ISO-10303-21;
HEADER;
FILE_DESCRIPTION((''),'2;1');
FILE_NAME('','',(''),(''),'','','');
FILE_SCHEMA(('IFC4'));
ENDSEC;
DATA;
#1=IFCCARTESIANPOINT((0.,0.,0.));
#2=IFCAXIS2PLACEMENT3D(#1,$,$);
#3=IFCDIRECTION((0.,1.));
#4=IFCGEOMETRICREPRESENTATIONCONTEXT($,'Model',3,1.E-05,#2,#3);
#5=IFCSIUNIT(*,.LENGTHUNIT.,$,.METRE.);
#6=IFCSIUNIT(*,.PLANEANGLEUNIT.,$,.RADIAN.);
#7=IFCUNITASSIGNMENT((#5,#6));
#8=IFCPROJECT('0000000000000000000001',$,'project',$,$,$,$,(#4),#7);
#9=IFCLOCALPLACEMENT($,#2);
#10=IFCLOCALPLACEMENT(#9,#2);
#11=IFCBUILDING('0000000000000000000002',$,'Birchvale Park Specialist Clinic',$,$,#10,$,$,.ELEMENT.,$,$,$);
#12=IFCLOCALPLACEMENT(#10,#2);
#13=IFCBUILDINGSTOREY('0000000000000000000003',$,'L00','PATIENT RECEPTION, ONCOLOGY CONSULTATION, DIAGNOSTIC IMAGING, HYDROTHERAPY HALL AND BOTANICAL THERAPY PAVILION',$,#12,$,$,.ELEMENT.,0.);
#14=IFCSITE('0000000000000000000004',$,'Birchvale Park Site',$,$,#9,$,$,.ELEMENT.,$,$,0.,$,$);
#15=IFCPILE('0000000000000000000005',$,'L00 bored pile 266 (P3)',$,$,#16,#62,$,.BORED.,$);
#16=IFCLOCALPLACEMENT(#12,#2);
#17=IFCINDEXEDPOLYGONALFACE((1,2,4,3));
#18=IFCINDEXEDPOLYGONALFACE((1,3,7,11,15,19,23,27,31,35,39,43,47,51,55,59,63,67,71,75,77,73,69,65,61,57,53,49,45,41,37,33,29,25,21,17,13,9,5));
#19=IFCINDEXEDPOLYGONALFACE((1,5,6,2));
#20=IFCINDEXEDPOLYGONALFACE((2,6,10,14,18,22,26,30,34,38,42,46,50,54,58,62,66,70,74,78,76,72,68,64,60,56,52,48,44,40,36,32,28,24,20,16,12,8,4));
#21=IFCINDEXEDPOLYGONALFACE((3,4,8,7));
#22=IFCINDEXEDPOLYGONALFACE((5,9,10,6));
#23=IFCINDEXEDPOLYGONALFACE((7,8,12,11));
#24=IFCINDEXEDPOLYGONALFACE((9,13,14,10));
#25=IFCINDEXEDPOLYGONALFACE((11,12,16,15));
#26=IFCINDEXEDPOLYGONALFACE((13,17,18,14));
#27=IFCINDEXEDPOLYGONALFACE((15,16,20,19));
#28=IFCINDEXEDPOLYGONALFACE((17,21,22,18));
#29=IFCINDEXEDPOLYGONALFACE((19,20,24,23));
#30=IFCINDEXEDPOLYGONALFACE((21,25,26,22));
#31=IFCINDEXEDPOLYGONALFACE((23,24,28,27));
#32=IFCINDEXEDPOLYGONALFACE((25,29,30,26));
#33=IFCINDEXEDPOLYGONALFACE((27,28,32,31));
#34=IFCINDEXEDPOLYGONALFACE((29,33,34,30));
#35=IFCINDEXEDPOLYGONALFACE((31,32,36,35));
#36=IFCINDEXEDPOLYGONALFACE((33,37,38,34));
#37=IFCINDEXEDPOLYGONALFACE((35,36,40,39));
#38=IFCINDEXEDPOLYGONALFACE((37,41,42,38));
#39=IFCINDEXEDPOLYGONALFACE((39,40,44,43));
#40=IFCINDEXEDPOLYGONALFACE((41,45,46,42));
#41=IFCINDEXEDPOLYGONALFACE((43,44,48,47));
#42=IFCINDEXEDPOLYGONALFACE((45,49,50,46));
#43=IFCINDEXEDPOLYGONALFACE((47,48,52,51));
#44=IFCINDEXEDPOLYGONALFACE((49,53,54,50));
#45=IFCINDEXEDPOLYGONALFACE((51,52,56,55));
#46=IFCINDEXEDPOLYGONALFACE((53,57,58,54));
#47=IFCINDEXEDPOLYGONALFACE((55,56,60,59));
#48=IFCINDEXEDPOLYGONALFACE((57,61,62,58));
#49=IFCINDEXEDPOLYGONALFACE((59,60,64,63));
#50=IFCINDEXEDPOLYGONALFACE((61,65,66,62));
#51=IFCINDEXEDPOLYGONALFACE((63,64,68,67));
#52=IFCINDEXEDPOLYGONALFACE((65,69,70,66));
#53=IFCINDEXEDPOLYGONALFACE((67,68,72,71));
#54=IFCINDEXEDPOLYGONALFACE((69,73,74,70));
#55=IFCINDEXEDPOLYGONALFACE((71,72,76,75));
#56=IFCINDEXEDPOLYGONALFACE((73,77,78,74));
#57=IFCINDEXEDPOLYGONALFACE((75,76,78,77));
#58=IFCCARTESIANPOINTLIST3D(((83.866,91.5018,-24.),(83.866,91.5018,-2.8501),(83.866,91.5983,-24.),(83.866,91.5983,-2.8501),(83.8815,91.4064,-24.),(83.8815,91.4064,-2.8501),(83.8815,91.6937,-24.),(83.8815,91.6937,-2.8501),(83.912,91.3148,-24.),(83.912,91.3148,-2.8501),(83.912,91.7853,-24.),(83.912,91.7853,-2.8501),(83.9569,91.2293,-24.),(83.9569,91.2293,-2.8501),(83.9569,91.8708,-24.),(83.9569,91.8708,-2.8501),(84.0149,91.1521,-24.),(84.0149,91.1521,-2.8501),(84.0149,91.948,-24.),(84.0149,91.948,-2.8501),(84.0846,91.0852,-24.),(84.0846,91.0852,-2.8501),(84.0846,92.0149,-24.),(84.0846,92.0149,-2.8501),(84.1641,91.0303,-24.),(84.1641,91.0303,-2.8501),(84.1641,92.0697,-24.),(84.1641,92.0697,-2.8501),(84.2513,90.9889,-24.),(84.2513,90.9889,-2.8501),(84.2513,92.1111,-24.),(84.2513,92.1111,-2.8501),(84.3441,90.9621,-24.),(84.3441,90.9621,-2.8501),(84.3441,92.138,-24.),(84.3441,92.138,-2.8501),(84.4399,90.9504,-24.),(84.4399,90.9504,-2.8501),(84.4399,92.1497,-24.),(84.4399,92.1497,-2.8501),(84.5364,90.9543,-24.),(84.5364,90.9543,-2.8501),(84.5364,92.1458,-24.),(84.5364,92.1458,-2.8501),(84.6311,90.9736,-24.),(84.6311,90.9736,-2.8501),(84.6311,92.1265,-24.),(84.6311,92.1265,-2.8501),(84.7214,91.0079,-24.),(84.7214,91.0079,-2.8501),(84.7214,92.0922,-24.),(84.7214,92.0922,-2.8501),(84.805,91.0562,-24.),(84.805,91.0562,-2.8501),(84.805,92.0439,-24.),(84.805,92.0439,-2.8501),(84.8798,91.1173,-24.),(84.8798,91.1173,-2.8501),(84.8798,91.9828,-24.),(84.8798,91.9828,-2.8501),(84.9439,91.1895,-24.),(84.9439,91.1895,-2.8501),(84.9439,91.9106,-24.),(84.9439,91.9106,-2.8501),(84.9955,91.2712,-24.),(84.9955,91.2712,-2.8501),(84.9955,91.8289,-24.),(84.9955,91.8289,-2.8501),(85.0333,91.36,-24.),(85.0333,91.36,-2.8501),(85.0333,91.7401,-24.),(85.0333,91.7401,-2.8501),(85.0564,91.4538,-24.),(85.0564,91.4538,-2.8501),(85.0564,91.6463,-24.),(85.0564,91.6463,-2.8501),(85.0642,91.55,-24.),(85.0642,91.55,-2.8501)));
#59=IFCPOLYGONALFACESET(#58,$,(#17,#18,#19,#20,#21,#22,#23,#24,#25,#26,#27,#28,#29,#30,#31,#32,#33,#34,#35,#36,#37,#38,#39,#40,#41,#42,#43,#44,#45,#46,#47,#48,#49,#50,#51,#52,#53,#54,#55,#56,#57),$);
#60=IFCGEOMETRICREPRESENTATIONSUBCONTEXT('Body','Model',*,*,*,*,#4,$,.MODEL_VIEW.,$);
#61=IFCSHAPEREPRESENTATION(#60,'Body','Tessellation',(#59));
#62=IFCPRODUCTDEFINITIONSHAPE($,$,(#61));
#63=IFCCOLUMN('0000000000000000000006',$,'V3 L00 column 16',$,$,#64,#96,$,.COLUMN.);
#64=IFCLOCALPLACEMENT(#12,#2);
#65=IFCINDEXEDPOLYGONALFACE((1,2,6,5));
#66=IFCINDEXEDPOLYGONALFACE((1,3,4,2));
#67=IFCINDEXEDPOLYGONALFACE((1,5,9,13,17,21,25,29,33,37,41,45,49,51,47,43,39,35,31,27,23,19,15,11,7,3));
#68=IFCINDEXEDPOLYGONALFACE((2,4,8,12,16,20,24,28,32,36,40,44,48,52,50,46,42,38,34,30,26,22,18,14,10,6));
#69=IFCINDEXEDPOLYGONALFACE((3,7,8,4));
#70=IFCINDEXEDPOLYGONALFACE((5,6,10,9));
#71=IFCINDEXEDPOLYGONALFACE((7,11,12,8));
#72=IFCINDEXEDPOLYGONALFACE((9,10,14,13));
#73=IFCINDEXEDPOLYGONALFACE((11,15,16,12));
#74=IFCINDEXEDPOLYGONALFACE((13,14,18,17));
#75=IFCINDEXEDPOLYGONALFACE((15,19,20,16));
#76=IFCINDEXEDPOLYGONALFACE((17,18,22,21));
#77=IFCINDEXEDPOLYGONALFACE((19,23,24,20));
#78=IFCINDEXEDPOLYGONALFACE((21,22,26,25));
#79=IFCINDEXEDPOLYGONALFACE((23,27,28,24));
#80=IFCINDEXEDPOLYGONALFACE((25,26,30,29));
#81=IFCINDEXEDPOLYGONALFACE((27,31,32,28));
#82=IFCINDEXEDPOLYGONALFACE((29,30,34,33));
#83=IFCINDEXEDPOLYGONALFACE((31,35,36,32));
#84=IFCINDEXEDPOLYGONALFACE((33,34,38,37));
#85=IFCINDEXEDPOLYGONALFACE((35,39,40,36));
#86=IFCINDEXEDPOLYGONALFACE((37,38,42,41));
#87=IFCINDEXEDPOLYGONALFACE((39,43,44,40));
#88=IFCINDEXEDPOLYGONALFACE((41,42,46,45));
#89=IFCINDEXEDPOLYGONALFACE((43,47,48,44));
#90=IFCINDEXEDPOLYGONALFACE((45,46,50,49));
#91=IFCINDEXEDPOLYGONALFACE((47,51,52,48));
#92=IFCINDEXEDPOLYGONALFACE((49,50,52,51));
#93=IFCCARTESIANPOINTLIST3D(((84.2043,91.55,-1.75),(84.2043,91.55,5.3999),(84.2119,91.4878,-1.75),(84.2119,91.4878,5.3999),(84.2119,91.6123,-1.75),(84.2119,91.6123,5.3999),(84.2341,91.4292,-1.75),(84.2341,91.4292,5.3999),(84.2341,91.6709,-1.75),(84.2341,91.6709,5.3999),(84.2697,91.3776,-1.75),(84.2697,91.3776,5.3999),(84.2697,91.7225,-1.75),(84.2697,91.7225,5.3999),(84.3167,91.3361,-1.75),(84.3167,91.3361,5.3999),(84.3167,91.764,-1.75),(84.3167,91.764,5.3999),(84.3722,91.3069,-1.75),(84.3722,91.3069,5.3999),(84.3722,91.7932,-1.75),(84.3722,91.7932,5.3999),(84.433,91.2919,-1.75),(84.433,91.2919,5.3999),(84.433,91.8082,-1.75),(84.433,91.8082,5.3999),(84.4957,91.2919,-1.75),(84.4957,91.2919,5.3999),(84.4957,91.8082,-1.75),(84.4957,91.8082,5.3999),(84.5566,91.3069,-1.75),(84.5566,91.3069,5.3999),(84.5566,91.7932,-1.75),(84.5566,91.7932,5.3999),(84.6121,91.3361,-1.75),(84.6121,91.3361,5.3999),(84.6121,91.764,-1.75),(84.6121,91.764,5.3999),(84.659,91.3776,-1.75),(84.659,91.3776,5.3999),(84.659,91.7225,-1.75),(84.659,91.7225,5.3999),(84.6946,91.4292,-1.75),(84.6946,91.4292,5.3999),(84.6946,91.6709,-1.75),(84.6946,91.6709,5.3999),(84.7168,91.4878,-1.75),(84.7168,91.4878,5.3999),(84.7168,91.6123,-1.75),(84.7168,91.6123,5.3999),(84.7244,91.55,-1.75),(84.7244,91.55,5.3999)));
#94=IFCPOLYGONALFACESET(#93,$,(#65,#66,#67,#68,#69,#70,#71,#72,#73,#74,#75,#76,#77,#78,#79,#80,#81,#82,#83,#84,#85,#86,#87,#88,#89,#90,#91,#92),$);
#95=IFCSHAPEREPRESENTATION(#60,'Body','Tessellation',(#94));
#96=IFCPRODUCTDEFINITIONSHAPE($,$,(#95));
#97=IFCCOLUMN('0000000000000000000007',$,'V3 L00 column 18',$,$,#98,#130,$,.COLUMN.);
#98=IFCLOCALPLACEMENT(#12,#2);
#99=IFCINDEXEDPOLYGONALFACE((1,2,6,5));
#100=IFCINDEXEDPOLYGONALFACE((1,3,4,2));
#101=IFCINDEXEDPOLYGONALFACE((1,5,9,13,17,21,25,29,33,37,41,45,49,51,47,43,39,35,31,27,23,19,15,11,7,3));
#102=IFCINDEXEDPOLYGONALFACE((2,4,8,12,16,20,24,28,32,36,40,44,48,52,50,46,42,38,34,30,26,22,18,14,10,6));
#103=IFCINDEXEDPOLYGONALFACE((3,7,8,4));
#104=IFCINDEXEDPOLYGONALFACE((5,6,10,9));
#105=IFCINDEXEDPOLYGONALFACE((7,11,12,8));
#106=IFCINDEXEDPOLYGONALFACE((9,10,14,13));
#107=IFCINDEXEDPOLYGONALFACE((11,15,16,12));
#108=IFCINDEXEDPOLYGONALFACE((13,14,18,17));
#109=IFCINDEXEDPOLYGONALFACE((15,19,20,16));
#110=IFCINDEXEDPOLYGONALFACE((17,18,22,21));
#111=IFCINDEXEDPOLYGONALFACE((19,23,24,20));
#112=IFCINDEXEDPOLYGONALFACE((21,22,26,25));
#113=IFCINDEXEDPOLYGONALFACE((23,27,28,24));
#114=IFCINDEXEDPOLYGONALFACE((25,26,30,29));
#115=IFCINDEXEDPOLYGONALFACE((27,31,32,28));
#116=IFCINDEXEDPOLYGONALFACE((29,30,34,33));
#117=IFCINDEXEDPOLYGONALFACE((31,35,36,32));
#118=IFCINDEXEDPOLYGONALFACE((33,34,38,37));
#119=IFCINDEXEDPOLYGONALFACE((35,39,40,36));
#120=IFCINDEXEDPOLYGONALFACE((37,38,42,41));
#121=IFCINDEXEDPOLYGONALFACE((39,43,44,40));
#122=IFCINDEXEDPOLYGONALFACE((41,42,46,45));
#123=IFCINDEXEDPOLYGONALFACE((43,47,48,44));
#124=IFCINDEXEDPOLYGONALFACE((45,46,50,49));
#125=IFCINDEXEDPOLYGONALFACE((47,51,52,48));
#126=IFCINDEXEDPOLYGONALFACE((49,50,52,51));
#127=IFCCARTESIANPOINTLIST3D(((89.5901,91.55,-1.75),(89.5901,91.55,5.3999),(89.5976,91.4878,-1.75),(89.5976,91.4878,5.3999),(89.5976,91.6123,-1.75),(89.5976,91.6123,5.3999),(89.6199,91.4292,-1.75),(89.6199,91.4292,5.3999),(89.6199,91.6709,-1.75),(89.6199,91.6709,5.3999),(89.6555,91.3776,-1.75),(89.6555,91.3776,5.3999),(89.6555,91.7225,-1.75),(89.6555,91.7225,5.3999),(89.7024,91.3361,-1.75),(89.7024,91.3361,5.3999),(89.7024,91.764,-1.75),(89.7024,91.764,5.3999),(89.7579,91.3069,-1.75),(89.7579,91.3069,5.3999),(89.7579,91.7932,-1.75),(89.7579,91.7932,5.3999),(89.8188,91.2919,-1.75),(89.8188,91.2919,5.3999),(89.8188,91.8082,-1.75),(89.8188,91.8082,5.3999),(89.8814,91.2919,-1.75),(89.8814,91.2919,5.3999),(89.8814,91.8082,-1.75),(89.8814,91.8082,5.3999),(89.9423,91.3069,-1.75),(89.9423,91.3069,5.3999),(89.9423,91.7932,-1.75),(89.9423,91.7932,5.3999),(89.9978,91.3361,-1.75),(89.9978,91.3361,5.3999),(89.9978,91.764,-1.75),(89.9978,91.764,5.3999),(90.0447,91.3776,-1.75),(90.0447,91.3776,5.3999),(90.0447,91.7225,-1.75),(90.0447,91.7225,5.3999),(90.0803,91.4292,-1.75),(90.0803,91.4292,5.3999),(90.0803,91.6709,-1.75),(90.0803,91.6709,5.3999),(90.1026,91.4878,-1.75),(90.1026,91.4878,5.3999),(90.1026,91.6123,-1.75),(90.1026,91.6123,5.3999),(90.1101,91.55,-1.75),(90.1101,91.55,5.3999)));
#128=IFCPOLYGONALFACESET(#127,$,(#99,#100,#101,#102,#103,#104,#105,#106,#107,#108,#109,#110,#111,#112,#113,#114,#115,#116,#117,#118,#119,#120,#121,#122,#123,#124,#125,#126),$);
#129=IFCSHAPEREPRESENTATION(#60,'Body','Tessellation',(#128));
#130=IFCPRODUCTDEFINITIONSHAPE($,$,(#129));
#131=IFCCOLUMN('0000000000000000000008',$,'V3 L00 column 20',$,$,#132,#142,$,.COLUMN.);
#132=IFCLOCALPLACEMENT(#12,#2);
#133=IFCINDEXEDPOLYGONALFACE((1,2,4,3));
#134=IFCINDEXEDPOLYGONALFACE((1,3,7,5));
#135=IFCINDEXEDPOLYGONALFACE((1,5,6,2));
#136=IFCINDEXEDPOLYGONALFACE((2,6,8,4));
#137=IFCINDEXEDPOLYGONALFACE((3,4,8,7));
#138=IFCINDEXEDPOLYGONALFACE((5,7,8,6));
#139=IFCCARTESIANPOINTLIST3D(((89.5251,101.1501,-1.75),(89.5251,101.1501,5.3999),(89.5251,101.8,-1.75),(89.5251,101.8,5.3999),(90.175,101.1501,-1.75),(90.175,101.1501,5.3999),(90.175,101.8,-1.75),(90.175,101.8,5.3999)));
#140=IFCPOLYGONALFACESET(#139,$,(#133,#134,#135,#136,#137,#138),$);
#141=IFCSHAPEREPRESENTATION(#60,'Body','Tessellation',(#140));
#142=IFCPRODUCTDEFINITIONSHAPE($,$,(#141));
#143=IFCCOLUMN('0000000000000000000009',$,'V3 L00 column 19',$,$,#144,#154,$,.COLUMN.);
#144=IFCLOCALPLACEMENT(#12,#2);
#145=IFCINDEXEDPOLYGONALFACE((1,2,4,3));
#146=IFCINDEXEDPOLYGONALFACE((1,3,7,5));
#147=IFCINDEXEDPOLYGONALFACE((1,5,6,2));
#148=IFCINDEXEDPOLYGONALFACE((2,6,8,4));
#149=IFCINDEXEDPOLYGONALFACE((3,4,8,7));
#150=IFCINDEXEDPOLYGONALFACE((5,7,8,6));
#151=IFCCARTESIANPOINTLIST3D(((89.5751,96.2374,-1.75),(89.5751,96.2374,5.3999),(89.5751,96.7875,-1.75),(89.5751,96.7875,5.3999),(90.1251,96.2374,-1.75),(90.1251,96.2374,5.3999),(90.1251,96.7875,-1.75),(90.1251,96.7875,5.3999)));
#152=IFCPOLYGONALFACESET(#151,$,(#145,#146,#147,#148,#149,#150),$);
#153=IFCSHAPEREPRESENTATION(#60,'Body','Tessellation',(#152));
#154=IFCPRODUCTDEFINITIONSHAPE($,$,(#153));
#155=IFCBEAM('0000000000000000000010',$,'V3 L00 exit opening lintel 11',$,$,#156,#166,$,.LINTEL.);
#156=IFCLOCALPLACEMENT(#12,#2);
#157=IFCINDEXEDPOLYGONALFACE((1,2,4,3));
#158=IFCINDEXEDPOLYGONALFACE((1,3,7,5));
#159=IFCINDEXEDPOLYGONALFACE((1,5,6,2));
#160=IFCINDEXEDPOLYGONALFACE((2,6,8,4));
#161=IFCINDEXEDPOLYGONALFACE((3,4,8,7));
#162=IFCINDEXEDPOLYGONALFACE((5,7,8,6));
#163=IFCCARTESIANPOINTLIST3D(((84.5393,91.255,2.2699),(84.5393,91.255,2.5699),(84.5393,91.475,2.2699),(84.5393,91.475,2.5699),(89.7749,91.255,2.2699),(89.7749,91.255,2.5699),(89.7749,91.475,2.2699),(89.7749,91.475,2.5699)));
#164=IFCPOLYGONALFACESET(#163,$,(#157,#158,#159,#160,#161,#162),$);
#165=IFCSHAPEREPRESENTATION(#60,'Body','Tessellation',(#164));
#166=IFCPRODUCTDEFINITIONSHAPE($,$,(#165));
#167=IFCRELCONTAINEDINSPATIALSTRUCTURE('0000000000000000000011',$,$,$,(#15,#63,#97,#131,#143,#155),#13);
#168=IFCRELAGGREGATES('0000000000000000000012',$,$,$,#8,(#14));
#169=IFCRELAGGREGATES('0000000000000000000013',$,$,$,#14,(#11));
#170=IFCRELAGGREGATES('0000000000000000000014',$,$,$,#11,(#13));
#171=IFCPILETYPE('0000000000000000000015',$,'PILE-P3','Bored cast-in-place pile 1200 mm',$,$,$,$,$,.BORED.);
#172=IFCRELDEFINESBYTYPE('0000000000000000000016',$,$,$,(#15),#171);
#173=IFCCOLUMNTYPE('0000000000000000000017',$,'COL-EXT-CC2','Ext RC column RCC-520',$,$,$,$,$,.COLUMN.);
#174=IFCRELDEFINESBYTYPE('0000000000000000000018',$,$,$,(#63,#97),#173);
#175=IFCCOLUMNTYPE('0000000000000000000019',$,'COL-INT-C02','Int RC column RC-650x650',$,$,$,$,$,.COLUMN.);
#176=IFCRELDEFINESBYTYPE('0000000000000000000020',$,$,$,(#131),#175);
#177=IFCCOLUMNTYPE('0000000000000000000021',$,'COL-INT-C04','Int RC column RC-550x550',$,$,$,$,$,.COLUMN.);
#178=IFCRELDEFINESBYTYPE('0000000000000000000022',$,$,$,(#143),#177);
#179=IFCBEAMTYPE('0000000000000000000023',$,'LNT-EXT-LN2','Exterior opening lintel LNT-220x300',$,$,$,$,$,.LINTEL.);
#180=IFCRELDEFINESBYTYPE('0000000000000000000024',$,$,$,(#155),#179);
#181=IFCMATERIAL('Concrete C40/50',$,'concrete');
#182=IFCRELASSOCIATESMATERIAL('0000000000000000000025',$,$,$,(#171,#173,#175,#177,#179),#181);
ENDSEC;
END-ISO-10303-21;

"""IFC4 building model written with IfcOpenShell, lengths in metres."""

from ifc_helpers import new_model, si_unit, direction, frame, origin, origin_2d, place, context, subcontext, project, spatial, rectangle, circle, extrude, material, material_profile, profile_set, type_object, element, save


model = new_model("IFC4")

# Units and contexts
model_context = context("Model", 3, precision=1e-05, world=origin(), true_north=direction((0.0, 1.0)))
body_context = subcontext(model_context, "Body", "Model", "MODEL_VIEW")
ifc_project = project(units=[si_unit("LENGTHUNIT", "METRE"), si_unit("PLANEANGLEUNIT", "RADIAN")], contexts=[model_context])

# Site, building, storey
site_placement = place(None, origin())
site = spatial("IfcSite", under=ifc_project, at=site_placement, Name="Birchvale Park Site", CompositionType="ELEMENT", RefElevation=0.0)
building_placement = place(site_placement, origin())
building = spatial("IfcBuilding", under=site, at=building_placement, Name="Birchvale Park Specialist Clinic", CompositionType="ELEMENT")
storey_placement = place(building_placement, origin())
storey = spatial("IfcBuildingStorey", under=building, at=storey_placement, Name="L00", Description="PATIENT RECEPTION, ONCOLOGY CONSULTATION, DIAGNOSTIC IMAGING, HYDROTHERAPY HALL AND BOTANICAL THERAPY PAVILION", CompositionType="ELEMENT", Elevation=0.0)

# Shared definitions
ifc_material_1 = material(Name="Concrete C40/50", Category="concrete")

# Pile
ifc_material_profile_1 = material_profile(ifc_material_1, circle(Radius=0.6001, at=origin_2d()), Name="PILE-1200")
ifc_profile_set_1 = profile_set([ifc_material_profile_1], Name="Concrete C40/50")
pile_type_1 = type_object("IfcPileType", Name="PILE-P3", Description="Bored cast-in-place pile 1200 mm", PredefinedType="BORED", material=ifc_profile_set_1)
pile_placement = place(storey_placement, frame((84.4641, 91.55, -2.8501), z_axis=(0.0, 0.0, -1.0), x_axis=(1.0, 0.0, 0.0)))
element("IfcPile", 1, at=pile_placement, inside=storey, type_object=pile_type_1, Name="L00 bored pile 266 (P3)", PredefinedType="BORED", context=body_context, shape_type="SweptSolid", body=[
    extrude(circle(Radius=0.6001, at=origin_2d()), origin(), (0.0, 0.0, 1.0), 21.1499),
])

# Columns
ifc_material_profile_2 = material_profile(ifc_material_1, circle(Radius=0.26, at=origin_2d()), Name="RCC-520")
ifc_profile_set_2 = profile_set([ifc_material_profile_2], Name="Concrete C40/50")
column_type_1 = type_object("IfcColumnType", Name="COL-EXT-CC2", Description="Ext RC column RCC-520", PredefinedType="COLUMN", material=ifc_profile_set_2)
for number, where, z_axis, x_axis, name in (
    (2, (84.4644, 91.55, -1.75), (0.0, 0.0, 1.0), (1.0, 0.0, 0.0), "V3 L00 column 16"),
    (3, (89.8501, 91.55, -1.75), (0.0, 0.0, 1.0), (1.0, 0.0, 0.0), "V3 L00 column 18"),
):
    element("IfcColumn", number, at=place(storey_placement, frame(where, z_axis=z_axis, x_axis=x_axis)), inside=storey, type_object=column_type_1, Name=name, PredefinedType="COLUMN", context=body_context, shape_type="SweptSolid", body=[
        extrude(circle(Radius=0.26, at=origin_2d()), origin(), (0.0, 0.0, 1.0), 7.1499),
    ])
ifc_material_profile_3 = material_profile(ifc_material_1, rectangle(XDim=0.6499, YDim=0.6499, at=origin_2d()), Name="RC-650x650")
ifc_profile_set_3 = profile_set([ifc_material_profile_3], Name="Concrete C40/50")
column_type_2 = type_object("IfcColumnType", Name="COL-INT-C02", Description="Int RC column RC-650x650", PredefinedType="COLUMN", material=ifc_profile_set_3)
column_1_placement = place(storey_placement, frame((89.8501, 101.4751, -1.75), z_axis=(0.0, 0.0, 1.0), x_axis=(1.0, 0.0, 0.0)))
element("IfcColumn", 4, at=column_1_placement, inside=storey, type_object=column_type_2, Name="V3 L00 column 20", PredefinedType="COLUMN", context=body_context, shape_type="SweptSolid", body=[
    extrude(rectangle(XDim=0.6499, YDim=0.6499, at=origin_2d()), origin(), (0.0, 0.0, 1.0), 7.1499),
])
ifc_material_profile_4 = material_profile(ifc_material_1, rectangle(XDim=0.55, YDim=0.55, at=origin_2d()), Name="RC-550x550")
ifc_profile_set_4 = profile_set([ifc_material_profile_4], Name="Concrete C40/50")
column_type_3 = type_object("IfcColumnType", Name="COL-INT-C04", Description="Int RC column RC-550x550", PredefinedType="COLUMN", material=ifc_profile_set_4)
column_2_placement = place(storey_placement, frame((89.8501, 96.5125, -1.75), z_axis=(0.0, 0.0, 1.0), x_axis=(1.0, 0.0, 0.0)))
element("IfcColumn", 5, at=column_2_placement, inside=storey, type_object=column_type_3, Name="V3 L00 column 19", PredefinedType="COLUMN", context=body_context, shape_type="SweptSolid", body=[
    extrude(rectangle(XDim=0.55, YDim=0.55, at=origin_2d()), origin(), (0.0, 0.0, 1.0), 7.1499),
])

# Beam
ifc_material_profile_5 = material_profile(ifc_material_1, rectangle(XDim=0.22, YDim=0.3, at=origin_2d()), Name="LNT-220x300")
ifc_profile_set_5 = profile_set([ifc_material_profile_5], Name="Concrete C40/50")
beam_type = type_object("IfcBeamType", Name="LNT-EXT-LN2", Description="Exterior opening lintel LNT-220x300", PredefinedType="LINTEL", material=ifc_profile_set_5)
beam_placement = place(storey_placement, frame((84.5393, 91.365, 2.4199), z_axis=(1.0, 0.0, 0.0), x_axis=(0.0, 1.0, 0.0)))
element("IfcBeam", 6, at=beam_placement, inside=storey, type_object=beam_type, Name="V3 L00 exit opening lintel 11", PredefinedType="LINTEL", context=body_context, shape_type="SweptSolid", body=[
    extrude(rectangle(XDim=0.22, YDim=0.3, at=origin_2d()), origin(), (0.0, 0.0, 1.0), 5.2356),
])

save(model, "model.ifc")
